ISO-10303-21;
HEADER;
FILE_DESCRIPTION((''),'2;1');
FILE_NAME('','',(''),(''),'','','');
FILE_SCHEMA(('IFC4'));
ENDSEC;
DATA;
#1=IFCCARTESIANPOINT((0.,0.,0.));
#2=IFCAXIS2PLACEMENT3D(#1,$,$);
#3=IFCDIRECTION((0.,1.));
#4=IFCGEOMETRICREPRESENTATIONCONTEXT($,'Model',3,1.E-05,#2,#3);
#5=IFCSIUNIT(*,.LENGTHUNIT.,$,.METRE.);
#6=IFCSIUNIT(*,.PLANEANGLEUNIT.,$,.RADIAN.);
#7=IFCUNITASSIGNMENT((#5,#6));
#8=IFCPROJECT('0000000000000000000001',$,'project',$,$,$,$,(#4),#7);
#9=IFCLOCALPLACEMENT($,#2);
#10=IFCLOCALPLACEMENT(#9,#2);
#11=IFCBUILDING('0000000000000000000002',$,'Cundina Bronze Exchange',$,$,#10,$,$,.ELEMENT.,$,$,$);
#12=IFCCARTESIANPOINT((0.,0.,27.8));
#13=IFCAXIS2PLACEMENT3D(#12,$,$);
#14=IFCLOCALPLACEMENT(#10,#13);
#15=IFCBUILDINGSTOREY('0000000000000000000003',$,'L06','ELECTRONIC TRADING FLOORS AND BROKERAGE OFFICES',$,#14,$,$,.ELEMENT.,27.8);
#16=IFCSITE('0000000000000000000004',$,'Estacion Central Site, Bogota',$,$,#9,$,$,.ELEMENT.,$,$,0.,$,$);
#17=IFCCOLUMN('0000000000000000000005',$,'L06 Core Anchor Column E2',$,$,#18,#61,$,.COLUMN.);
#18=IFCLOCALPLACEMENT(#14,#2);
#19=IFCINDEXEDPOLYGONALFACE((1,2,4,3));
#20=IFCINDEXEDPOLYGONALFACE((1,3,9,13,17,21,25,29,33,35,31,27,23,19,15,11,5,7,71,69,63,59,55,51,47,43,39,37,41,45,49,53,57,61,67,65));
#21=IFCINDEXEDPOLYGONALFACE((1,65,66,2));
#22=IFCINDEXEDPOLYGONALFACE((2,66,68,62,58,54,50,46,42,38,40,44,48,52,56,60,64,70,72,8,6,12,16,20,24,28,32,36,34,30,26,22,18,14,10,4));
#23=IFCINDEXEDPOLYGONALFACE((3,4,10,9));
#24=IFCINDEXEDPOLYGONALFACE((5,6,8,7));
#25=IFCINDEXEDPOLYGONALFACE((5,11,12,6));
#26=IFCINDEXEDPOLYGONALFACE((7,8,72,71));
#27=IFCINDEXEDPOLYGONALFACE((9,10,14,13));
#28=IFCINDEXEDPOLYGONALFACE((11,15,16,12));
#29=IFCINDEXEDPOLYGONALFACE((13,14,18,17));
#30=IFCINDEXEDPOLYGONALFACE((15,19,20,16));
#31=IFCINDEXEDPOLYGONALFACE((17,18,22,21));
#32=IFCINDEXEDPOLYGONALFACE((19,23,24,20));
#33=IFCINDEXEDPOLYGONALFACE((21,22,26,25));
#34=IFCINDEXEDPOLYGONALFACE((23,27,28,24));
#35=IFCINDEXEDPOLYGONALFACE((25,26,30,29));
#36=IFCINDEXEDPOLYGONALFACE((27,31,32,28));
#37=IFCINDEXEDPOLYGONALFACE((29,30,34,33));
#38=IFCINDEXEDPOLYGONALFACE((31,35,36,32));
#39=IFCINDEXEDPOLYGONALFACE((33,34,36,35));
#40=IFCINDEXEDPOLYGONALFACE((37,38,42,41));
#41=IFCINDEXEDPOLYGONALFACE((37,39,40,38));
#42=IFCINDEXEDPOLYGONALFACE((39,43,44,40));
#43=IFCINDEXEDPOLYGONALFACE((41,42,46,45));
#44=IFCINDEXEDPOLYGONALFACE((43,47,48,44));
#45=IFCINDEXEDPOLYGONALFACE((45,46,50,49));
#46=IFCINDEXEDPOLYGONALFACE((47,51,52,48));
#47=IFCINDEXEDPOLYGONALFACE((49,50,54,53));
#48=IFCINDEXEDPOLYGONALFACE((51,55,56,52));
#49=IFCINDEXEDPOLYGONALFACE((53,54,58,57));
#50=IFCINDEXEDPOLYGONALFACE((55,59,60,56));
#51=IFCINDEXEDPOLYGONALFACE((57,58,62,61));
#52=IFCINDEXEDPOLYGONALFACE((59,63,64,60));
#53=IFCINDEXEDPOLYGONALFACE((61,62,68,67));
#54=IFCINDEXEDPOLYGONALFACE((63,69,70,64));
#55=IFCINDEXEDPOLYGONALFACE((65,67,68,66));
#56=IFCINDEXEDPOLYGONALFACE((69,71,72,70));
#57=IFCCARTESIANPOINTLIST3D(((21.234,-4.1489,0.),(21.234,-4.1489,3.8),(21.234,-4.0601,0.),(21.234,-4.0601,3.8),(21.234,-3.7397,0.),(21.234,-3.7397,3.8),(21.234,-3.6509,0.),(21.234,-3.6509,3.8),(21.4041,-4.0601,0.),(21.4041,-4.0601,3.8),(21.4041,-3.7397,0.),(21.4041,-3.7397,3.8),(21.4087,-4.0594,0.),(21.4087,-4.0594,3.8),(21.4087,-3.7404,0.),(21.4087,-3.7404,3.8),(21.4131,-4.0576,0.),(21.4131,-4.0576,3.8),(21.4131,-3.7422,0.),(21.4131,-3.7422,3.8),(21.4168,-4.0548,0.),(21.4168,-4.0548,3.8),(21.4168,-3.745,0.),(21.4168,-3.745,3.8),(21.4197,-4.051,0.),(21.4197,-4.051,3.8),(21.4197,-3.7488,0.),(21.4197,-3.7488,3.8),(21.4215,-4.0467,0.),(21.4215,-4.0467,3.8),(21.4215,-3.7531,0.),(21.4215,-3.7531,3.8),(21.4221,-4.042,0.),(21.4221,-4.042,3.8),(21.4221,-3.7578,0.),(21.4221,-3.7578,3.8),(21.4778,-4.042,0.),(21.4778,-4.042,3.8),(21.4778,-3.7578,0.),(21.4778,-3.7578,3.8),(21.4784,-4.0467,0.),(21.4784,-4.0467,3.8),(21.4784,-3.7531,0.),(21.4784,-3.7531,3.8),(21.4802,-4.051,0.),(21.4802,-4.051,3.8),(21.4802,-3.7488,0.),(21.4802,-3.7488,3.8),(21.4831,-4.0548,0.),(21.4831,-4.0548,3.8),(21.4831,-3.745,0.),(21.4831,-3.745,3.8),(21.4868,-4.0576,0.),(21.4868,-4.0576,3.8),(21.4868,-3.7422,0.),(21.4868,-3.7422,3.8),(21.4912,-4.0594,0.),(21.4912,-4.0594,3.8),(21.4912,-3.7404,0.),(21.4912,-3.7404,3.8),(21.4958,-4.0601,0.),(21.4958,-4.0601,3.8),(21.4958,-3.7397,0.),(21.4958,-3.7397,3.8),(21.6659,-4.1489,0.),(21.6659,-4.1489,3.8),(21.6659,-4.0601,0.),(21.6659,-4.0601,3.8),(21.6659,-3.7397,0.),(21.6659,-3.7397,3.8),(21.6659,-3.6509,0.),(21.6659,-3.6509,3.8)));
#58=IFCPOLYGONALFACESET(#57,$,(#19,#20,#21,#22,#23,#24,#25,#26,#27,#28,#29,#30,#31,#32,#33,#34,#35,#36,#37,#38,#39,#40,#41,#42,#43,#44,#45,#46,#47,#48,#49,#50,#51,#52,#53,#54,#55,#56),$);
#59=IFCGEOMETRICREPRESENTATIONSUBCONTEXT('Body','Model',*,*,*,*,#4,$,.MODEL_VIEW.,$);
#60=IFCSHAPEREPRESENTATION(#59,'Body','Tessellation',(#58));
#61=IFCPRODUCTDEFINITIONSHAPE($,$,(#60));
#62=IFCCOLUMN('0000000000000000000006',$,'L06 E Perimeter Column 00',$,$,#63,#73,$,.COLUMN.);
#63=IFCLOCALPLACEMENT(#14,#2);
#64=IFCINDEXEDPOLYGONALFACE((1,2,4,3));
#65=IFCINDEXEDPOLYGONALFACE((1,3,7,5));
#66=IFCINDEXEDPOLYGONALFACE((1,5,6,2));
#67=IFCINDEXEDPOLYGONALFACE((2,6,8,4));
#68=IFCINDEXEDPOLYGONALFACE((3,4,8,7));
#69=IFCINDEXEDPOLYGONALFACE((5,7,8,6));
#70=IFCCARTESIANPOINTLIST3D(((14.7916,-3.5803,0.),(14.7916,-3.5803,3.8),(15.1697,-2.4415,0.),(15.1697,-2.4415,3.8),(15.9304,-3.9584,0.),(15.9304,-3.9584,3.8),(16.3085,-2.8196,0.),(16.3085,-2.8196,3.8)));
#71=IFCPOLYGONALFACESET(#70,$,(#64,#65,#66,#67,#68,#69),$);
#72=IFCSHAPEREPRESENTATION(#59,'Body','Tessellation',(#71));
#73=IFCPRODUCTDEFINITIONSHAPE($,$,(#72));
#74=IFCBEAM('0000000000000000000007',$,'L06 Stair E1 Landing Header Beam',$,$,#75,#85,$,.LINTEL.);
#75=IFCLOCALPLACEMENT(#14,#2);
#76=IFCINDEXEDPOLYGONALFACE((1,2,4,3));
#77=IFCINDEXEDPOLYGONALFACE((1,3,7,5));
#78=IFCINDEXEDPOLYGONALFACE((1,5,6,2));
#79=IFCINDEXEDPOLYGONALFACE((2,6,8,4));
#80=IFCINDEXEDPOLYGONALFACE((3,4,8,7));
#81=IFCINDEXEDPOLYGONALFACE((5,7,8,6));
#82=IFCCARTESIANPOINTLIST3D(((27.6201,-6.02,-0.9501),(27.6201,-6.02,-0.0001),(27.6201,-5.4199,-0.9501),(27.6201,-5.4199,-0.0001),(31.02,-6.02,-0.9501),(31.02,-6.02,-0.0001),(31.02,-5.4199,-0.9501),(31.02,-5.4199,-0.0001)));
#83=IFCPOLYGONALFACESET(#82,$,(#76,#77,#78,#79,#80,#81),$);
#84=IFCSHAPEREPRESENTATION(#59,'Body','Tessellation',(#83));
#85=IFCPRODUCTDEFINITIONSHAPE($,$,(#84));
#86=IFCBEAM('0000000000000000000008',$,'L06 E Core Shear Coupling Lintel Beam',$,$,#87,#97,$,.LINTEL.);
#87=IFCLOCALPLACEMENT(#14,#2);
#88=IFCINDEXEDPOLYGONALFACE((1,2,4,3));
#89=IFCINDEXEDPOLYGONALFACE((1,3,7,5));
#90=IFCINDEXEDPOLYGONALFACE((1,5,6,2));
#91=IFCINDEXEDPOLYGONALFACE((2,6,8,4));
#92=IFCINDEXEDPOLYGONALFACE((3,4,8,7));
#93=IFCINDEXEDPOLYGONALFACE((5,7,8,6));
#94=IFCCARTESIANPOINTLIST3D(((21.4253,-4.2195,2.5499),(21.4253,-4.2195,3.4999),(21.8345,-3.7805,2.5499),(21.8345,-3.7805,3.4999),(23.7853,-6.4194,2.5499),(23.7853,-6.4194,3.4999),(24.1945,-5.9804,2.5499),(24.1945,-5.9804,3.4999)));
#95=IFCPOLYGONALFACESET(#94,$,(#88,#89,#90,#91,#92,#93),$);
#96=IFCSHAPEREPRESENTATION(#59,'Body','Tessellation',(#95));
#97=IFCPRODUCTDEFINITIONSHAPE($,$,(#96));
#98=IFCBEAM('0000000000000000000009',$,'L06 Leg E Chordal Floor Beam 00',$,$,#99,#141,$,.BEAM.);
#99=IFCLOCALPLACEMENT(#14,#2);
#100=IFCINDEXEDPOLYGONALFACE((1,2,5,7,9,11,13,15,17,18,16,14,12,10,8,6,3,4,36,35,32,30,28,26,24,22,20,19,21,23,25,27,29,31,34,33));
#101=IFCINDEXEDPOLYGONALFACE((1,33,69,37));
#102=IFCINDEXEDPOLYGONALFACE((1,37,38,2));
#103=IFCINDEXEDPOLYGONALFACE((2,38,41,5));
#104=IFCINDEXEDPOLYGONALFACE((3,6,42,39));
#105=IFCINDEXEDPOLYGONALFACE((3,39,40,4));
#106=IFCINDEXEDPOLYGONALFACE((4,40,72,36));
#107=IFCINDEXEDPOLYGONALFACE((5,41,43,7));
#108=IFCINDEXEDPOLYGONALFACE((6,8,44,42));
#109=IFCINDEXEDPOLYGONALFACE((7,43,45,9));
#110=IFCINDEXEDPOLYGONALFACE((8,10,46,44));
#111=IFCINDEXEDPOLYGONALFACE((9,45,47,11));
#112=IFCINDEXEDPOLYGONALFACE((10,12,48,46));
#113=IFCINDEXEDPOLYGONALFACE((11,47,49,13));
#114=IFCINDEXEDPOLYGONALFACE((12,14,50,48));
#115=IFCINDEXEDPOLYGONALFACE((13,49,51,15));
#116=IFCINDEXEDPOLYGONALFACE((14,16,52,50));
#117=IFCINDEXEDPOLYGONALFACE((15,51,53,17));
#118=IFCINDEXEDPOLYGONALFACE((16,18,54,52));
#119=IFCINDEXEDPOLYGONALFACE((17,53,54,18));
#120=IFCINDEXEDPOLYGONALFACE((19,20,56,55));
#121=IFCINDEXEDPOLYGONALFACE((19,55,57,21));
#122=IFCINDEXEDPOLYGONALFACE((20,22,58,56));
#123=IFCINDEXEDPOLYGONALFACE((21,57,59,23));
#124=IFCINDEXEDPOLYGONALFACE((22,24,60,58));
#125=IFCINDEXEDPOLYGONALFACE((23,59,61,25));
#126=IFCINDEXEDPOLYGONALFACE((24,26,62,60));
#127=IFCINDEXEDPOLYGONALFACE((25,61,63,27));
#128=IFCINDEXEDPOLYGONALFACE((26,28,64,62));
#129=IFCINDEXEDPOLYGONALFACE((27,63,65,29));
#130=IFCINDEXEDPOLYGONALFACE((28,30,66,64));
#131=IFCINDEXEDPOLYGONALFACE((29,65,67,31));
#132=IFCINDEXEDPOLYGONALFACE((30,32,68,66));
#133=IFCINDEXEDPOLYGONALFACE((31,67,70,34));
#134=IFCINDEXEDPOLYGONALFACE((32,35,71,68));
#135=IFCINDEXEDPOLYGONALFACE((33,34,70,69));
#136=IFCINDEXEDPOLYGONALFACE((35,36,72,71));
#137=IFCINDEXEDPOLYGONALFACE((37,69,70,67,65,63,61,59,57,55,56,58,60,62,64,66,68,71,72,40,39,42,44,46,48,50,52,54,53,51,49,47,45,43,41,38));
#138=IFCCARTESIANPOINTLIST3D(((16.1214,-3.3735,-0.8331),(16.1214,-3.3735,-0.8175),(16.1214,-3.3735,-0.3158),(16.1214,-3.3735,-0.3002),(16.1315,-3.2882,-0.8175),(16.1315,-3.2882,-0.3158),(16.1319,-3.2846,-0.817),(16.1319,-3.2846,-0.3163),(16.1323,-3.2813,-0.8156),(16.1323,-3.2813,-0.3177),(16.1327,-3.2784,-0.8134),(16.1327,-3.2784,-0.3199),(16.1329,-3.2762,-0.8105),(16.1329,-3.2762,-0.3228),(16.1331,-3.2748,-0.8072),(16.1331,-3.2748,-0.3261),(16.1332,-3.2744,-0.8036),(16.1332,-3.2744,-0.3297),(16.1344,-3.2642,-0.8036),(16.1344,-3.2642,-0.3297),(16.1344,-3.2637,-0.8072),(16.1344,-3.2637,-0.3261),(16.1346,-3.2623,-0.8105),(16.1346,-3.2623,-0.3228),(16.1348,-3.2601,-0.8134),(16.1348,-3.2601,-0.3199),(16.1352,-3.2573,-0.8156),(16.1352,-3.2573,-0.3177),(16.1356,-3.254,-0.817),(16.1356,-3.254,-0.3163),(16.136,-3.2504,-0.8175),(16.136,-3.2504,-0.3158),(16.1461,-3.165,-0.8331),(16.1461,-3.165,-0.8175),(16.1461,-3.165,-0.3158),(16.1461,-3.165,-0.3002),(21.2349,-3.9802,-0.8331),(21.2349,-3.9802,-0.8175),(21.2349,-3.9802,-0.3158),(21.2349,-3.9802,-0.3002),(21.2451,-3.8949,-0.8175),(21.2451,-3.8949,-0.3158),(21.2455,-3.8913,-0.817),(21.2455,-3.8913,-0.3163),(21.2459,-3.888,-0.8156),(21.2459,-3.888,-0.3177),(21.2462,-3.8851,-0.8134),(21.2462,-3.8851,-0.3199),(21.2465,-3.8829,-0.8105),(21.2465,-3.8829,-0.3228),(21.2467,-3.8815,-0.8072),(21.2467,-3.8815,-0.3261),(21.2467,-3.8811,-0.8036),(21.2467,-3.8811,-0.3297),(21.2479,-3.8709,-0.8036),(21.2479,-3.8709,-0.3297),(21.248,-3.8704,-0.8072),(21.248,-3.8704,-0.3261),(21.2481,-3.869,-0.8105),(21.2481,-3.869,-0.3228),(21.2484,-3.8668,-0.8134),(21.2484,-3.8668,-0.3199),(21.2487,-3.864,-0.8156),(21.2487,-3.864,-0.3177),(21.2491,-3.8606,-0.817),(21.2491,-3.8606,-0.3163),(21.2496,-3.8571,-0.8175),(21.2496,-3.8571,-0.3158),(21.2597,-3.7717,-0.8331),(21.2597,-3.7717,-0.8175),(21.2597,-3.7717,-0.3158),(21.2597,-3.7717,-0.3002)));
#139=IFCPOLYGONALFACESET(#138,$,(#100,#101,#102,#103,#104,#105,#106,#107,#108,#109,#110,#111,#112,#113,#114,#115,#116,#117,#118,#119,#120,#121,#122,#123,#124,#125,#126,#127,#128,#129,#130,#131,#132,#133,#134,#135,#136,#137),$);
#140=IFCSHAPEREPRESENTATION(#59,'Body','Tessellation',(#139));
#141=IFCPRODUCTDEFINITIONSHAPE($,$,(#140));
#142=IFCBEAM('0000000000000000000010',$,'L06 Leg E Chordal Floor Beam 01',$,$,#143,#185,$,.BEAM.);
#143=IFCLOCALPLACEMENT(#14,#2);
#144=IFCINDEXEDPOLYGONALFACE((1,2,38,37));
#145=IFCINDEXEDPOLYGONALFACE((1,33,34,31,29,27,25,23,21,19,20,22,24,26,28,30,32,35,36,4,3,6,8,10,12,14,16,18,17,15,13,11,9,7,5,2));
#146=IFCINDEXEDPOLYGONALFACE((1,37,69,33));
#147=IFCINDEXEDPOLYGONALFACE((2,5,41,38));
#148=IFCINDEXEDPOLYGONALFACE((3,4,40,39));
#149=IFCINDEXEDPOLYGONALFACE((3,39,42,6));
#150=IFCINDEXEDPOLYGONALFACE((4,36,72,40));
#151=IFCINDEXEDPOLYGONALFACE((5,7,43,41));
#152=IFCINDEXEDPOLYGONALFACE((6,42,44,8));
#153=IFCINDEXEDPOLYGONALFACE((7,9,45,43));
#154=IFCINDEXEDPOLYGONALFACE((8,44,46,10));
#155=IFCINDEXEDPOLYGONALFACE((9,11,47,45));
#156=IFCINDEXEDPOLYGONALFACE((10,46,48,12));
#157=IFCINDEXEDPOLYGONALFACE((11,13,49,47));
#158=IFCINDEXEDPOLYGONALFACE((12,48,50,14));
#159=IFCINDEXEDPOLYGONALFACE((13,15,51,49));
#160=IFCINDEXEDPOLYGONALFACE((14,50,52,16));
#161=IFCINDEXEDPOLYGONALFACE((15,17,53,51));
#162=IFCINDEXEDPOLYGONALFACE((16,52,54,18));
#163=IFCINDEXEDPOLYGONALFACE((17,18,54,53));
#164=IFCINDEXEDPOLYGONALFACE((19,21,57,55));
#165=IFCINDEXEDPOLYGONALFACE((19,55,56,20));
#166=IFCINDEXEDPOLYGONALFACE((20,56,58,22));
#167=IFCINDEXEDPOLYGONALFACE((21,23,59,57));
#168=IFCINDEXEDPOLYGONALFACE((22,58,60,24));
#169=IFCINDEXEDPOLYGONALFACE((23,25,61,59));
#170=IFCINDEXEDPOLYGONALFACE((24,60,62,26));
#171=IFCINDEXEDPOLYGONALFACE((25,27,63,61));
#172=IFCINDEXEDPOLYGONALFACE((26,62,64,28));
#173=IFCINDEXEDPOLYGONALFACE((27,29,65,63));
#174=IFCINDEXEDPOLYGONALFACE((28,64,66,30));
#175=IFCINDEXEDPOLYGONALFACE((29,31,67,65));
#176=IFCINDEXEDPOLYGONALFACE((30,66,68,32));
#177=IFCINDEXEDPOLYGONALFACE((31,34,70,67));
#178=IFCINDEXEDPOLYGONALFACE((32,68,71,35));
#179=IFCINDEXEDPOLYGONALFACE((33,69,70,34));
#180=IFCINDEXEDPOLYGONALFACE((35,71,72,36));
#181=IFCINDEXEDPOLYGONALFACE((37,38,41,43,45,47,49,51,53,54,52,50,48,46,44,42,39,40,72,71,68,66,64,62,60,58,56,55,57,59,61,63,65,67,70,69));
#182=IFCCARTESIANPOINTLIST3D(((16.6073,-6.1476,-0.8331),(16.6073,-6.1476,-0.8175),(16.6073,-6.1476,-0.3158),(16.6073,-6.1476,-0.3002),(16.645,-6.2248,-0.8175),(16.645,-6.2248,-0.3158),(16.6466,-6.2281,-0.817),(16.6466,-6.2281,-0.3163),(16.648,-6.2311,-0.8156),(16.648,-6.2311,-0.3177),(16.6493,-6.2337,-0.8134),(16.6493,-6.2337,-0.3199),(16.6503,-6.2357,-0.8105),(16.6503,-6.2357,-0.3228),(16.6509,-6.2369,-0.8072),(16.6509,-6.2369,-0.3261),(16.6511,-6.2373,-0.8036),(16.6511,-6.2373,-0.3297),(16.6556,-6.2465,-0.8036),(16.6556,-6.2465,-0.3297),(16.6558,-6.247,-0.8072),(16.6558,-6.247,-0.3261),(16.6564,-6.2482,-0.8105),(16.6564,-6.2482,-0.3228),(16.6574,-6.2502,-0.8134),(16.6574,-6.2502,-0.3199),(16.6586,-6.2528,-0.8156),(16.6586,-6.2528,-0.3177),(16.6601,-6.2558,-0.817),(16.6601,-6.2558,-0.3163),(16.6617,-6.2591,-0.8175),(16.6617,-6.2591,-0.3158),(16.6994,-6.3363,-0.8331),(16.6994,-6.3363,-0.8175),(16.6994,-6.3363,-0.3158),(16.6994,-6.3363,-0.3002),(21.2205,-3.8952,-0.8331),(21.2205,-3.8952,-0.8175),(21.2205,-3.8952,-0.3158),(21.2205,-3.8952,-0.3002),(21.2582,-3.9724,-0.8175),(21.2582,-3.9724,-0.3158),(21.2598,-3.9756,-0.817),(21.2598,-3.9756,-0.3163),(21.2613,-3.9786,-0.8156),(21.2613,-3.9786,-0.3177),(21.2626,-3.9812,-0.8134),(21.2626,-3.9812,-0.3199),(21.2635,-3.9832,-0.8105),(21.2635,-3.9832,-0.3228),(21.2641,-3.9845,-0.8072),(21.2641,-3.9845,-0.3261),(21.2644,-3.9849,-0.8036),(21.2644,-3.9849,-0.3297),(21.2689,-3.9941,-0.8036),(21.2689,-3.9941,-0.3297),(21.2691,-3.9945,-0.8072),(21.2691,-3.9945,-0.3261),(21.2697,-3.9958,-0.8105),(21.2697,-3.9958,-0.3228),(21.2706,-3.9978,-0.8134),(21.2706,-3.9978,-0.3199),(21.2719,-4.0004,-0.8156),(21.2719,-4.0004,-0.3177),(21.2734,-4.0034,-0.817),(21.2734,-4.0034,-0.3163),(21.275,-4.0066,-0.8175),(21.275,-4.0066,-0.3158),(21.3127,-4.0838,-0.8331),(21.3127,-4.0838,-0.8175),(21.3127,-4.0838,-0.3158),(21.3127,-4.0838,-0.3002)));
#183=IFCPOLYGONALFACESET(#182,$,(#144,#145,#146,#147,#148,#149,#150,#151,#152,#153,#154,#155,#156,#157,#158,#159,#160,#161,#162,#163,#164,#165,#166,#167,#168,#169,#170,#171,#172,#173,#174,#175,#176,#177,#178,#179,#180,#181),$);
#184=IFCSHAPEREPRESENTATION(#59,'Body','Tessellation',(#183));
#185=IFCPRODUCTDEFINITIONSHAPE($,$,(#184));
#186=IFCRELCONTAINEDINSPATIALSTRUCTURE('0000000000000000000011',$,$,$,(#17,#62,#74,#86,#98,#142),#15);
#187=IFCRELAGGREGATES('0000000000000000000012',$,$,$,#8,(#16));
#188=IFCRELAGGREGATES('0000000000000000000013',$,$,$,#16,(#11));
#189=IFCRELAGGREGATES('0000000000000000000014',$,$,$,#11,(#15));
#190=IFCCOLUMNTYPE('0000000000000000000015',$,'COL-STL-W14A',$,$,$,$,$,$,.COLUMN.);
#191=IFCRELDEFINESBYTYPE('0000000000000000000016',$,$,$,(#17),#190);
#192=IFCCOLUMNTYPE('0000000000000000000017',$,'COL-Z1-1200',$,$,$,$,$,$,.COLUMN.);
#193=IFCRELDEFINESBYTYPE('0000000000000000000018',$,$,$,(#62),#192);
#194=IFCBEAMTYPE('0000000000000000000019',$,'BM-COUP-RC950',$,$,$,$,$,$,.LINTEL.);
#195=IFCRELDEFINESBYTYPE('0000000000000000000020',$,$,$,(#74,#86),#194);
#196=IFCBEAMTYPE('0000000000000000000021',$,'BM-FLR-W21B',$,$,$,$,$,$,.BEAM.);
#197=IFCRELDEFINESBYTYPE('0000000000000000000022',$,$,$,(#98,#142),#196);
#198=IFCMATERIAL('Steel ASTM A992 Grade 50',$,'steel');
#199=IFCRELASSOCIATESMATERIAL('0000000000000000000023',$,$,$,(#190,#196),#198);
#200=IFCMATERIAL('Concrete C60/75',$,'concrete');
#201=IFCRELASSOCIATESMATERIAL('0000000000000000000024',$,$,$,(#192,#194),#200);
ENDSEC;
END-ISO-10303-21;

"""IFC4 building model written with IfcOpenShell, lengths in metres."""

from ifc_helpers import new_model, si_unit, direction, frame, origin, origin_2d, place, context, subcontext, project, spatial, rectangle, i_section, extrude, material, material_profile, profile_set, type_object, element, save


model = new_model("IFC4")

# Units and contexts
model_context = context("Model", 3, precision=1e-05, world=origin(), true_north=direction((0.0, 1.0)))
body_context = subcontext(model_context, "Body", "Model", "MODEL_VIEW")
ifc_project = project(units=[si_unit("LENGTHUNIT", "METRE"), si_unit("PLANEANGLEUNIT", "RADIAN")], contexts=[model_context])

# Site, building, storey
site_placement = place(None, origin())
site = spatial("IfcSite", under=ifc_project, at=site_placement, Name="Estacion Central Site, Bogota", CompositionType="ELEMENT", RefElevation=0.0)
building_placement = place(site_placement, origin())
building = spatial("IfcBuilding", under=site, at=building_placement, Name="Cundina Bronze Exchange", CompositionType="ELEMENT")
storey_placement = place(building_placement, frame((0.0, 0.0, 27.8)))
storey = spatial("IfcBuildingStorey", under=building, at=storey_placement, Name="L06", Description="ELECTRONIC TRADING FLOORS AND BROKERAGE OFFICES", CompositionType="ELEMENT", Elevation=27.8)

# Columns
ifc_material_1 = material(Name="Steel ASTM A992 Grade 50", Category="steel")
ifc_material_profile_1 = material_profile(ifc_material_1, i_section(OverallWidth=0.4319, OverallDepth=0.498, WebThickness=0.0557, FlangeThickness=0.0889, FilletRadius=0.0181, at=origin_2d()), Name="W14X500", Category="steel")
ifc_profile_set_1 = profile_set([ifc_material_profile_1], Name="Steel ASTM A992 Grade 50")
column_type_1 = type_object("IfcColumnType", Name="COL-STL-W14A", PredefinedType="COLUMN", material=ifc_profile_set_1)
column_1_placement = place(storey_placement, frame((21.45, -3.8999, 0.0), z_axis=(0.0, 0.0, 1.0), x_axis=(1.0, 0.0, 0.0)))
element("IfcColumn", 1, at=column_1_placement, inside=storey, type_object=column_type_1, Name="L06 Core Anchor Column E2", PredefinedType="COLUMN", context=body_context, shape_type="SweptSolid", body=[
    extrude(i_section(OverallWidth=0.4319, OverallDepth=0.498, WebThickness=0.0557, FlangeThickness=0.0889, FilletRadius=0.0181, at=origin_2d()), origin(), (0.0, 0.0, 1.0), 3.8),
])
ifc_material_2 = material(Name="Concrete C60/75", Category="concrete")
ifc_material_profile_2 = material_profile(ifc_material_2, rectangle(XDim=1.2, YDim=1.2, at=origin_2d()), Name="RC1200X1200", Category="concrete")
ifc_profile_set_2 = profile_set([ifc_material_profile_2], Name="Concrete C60/75")
column_type_2 = type_object("IfcColumnType", Name="COL-Z1-1200", PredefinedType="COLUMN", material=ifc_profile_set_2)
column_2_placement = place(storey_placement, frame((15.55, -3.2, 0.0), z_axis=(0.0, 0.0, 1.0), x_axis=(-0.315152, -0.949041, 0.0)))
element("IfcColumn", 2, at=column_2_placement, inside=storey, type_object=column_type_2, Name="L06 E Perimeter Column 00", PredefinedType="COLUMN", context=body_context, shape_type="SweptSolid", body=[
    extrude(rectangle(XDim=1.2, YDim=1.2, at=origin_2d()), origin(), (0.0, 0.0, 1.0), 3.8),
])

# Beams
ifc_material_profile_3 = material_profile(ifc_material_2, rectangle(XDim=0.6001, YDim=0.95, at=origin_2d()), Name="RC600X950", Category="concrete")
ifc_profile_set_3 = profile_set([ifc_material_profile_3], Name="Concrete C60/75")
beam_type_1 = type_object("IfcBeamType", Name="BM-COUP-RC950", PredefinedType="LINTEL", material=ifc_profile_set_3)
beam_1_placement = place(storey_placement, frame((27.6201, -5.72, -0.4751), z_axis=(1.0, 0.0, 0.0), x_axis=(0.0, 1.0, 0.0)))
element("IfcBeam", 3, at=beam_1_placement, inside=storey, type_object=beam_type_1, Name="L06 Stair E1 Landing Header Beam", PredefinedType="LINTEL", context=body_context, shape_type="SweptSolid", body=[
    extrude(rectangle(XDim=0.6001, YDim=0.95, at=origin_2d()), origin(), (0.0, 0.0, 1.0), 3.3999),
])
beam_2_placement = place(storey_placement, frame((21.6299, -4.0, 3.0249), z_axis=(0.73149, -0.681852, 0.0), x_axis=(0.681852, 0.73149, 0.0)))
element("IfcBeam", 4, at=beam_2_placement, inside=storey, type_object=beam_type_1, Name="L06 E Core Shear Coupling Lintel Beam", PredefinedType="LINTEL", context=body_context, shape_type="SweptSolid", body=[
    extrude(rectangle(XDim=0.6001, YDim=0.95, at=origin_2d()), origin(), (0.0, 0.0, 1.0), 3.2263),
])
ifc_material_profile_4 = material_profile(ifc_material_1, i_section(OverallWidth=0.21, OverallDepth=0.533, WebThickness=0.0103, FlangeThickness=0.0156, FilletRadius=0.0139, at=origin_2d()), Name="W21X62", Category="steel")
ifc_profile_set_4 = profile_set([ifc_material_profile_4], Name="Steel ASTM A992 Grade 50")
beam_type_2 = type_object("IfcBeamType", Name="BM-FLR-W21B", PredefinedType="BEAM", material=ifc_profile_set_4)
beam_3_placement = place(storey_placement, frame((21.2473, -3.876, -0.5667), z_axis=(-0.993035, 0.117818, 0.0), x_axis=(-0.117818, -0.993035, 0.0)))
element("IfcBeam", 5, at=beam_3_placement, inside=storey, type_object=beam_type_2, Name="L06 Leg E Chordal Floor Beam 00", PredefinedType="BEAM", context=body_context, shape_type="SweptSolid", body=[
    extrude(i_section(OverallWidth=0.21, OverallDepth=0.533, WebThickness=0.0103, FlangeThickness=0.0156, FilletRadius=0.0139, at=origin_2d()), origin(), (0.0, 0.0, 1.0), 5.1494),
])
beam_4_placement = place(storey_placement, frame((21.2666, -3.9895, -0.5667), z_axis=(-0.89861, -0.438748, 0.0), x_axis=(0.438748, -0.89861, 0.0)))
element("IfcBeam", 6, at=beam_4_placement, inside=storey, type_object=beam_type_2, Name="L06 Leg E Chordal Floor Beam 01", PredefinedType="BEAM", context=body_context, shape_type="SweptSolid", body=[
    extrude(i_section(OverallWidth=0.21, OverallDepth=0.533, WebThickness=0.0103, FlangeThickness=0.0156, FilletRadius=0.0139, at=origin_2d()), origin(), (0.0, 0.0, 1.0), 5.1338),
])

save(model, "model.ifc")
